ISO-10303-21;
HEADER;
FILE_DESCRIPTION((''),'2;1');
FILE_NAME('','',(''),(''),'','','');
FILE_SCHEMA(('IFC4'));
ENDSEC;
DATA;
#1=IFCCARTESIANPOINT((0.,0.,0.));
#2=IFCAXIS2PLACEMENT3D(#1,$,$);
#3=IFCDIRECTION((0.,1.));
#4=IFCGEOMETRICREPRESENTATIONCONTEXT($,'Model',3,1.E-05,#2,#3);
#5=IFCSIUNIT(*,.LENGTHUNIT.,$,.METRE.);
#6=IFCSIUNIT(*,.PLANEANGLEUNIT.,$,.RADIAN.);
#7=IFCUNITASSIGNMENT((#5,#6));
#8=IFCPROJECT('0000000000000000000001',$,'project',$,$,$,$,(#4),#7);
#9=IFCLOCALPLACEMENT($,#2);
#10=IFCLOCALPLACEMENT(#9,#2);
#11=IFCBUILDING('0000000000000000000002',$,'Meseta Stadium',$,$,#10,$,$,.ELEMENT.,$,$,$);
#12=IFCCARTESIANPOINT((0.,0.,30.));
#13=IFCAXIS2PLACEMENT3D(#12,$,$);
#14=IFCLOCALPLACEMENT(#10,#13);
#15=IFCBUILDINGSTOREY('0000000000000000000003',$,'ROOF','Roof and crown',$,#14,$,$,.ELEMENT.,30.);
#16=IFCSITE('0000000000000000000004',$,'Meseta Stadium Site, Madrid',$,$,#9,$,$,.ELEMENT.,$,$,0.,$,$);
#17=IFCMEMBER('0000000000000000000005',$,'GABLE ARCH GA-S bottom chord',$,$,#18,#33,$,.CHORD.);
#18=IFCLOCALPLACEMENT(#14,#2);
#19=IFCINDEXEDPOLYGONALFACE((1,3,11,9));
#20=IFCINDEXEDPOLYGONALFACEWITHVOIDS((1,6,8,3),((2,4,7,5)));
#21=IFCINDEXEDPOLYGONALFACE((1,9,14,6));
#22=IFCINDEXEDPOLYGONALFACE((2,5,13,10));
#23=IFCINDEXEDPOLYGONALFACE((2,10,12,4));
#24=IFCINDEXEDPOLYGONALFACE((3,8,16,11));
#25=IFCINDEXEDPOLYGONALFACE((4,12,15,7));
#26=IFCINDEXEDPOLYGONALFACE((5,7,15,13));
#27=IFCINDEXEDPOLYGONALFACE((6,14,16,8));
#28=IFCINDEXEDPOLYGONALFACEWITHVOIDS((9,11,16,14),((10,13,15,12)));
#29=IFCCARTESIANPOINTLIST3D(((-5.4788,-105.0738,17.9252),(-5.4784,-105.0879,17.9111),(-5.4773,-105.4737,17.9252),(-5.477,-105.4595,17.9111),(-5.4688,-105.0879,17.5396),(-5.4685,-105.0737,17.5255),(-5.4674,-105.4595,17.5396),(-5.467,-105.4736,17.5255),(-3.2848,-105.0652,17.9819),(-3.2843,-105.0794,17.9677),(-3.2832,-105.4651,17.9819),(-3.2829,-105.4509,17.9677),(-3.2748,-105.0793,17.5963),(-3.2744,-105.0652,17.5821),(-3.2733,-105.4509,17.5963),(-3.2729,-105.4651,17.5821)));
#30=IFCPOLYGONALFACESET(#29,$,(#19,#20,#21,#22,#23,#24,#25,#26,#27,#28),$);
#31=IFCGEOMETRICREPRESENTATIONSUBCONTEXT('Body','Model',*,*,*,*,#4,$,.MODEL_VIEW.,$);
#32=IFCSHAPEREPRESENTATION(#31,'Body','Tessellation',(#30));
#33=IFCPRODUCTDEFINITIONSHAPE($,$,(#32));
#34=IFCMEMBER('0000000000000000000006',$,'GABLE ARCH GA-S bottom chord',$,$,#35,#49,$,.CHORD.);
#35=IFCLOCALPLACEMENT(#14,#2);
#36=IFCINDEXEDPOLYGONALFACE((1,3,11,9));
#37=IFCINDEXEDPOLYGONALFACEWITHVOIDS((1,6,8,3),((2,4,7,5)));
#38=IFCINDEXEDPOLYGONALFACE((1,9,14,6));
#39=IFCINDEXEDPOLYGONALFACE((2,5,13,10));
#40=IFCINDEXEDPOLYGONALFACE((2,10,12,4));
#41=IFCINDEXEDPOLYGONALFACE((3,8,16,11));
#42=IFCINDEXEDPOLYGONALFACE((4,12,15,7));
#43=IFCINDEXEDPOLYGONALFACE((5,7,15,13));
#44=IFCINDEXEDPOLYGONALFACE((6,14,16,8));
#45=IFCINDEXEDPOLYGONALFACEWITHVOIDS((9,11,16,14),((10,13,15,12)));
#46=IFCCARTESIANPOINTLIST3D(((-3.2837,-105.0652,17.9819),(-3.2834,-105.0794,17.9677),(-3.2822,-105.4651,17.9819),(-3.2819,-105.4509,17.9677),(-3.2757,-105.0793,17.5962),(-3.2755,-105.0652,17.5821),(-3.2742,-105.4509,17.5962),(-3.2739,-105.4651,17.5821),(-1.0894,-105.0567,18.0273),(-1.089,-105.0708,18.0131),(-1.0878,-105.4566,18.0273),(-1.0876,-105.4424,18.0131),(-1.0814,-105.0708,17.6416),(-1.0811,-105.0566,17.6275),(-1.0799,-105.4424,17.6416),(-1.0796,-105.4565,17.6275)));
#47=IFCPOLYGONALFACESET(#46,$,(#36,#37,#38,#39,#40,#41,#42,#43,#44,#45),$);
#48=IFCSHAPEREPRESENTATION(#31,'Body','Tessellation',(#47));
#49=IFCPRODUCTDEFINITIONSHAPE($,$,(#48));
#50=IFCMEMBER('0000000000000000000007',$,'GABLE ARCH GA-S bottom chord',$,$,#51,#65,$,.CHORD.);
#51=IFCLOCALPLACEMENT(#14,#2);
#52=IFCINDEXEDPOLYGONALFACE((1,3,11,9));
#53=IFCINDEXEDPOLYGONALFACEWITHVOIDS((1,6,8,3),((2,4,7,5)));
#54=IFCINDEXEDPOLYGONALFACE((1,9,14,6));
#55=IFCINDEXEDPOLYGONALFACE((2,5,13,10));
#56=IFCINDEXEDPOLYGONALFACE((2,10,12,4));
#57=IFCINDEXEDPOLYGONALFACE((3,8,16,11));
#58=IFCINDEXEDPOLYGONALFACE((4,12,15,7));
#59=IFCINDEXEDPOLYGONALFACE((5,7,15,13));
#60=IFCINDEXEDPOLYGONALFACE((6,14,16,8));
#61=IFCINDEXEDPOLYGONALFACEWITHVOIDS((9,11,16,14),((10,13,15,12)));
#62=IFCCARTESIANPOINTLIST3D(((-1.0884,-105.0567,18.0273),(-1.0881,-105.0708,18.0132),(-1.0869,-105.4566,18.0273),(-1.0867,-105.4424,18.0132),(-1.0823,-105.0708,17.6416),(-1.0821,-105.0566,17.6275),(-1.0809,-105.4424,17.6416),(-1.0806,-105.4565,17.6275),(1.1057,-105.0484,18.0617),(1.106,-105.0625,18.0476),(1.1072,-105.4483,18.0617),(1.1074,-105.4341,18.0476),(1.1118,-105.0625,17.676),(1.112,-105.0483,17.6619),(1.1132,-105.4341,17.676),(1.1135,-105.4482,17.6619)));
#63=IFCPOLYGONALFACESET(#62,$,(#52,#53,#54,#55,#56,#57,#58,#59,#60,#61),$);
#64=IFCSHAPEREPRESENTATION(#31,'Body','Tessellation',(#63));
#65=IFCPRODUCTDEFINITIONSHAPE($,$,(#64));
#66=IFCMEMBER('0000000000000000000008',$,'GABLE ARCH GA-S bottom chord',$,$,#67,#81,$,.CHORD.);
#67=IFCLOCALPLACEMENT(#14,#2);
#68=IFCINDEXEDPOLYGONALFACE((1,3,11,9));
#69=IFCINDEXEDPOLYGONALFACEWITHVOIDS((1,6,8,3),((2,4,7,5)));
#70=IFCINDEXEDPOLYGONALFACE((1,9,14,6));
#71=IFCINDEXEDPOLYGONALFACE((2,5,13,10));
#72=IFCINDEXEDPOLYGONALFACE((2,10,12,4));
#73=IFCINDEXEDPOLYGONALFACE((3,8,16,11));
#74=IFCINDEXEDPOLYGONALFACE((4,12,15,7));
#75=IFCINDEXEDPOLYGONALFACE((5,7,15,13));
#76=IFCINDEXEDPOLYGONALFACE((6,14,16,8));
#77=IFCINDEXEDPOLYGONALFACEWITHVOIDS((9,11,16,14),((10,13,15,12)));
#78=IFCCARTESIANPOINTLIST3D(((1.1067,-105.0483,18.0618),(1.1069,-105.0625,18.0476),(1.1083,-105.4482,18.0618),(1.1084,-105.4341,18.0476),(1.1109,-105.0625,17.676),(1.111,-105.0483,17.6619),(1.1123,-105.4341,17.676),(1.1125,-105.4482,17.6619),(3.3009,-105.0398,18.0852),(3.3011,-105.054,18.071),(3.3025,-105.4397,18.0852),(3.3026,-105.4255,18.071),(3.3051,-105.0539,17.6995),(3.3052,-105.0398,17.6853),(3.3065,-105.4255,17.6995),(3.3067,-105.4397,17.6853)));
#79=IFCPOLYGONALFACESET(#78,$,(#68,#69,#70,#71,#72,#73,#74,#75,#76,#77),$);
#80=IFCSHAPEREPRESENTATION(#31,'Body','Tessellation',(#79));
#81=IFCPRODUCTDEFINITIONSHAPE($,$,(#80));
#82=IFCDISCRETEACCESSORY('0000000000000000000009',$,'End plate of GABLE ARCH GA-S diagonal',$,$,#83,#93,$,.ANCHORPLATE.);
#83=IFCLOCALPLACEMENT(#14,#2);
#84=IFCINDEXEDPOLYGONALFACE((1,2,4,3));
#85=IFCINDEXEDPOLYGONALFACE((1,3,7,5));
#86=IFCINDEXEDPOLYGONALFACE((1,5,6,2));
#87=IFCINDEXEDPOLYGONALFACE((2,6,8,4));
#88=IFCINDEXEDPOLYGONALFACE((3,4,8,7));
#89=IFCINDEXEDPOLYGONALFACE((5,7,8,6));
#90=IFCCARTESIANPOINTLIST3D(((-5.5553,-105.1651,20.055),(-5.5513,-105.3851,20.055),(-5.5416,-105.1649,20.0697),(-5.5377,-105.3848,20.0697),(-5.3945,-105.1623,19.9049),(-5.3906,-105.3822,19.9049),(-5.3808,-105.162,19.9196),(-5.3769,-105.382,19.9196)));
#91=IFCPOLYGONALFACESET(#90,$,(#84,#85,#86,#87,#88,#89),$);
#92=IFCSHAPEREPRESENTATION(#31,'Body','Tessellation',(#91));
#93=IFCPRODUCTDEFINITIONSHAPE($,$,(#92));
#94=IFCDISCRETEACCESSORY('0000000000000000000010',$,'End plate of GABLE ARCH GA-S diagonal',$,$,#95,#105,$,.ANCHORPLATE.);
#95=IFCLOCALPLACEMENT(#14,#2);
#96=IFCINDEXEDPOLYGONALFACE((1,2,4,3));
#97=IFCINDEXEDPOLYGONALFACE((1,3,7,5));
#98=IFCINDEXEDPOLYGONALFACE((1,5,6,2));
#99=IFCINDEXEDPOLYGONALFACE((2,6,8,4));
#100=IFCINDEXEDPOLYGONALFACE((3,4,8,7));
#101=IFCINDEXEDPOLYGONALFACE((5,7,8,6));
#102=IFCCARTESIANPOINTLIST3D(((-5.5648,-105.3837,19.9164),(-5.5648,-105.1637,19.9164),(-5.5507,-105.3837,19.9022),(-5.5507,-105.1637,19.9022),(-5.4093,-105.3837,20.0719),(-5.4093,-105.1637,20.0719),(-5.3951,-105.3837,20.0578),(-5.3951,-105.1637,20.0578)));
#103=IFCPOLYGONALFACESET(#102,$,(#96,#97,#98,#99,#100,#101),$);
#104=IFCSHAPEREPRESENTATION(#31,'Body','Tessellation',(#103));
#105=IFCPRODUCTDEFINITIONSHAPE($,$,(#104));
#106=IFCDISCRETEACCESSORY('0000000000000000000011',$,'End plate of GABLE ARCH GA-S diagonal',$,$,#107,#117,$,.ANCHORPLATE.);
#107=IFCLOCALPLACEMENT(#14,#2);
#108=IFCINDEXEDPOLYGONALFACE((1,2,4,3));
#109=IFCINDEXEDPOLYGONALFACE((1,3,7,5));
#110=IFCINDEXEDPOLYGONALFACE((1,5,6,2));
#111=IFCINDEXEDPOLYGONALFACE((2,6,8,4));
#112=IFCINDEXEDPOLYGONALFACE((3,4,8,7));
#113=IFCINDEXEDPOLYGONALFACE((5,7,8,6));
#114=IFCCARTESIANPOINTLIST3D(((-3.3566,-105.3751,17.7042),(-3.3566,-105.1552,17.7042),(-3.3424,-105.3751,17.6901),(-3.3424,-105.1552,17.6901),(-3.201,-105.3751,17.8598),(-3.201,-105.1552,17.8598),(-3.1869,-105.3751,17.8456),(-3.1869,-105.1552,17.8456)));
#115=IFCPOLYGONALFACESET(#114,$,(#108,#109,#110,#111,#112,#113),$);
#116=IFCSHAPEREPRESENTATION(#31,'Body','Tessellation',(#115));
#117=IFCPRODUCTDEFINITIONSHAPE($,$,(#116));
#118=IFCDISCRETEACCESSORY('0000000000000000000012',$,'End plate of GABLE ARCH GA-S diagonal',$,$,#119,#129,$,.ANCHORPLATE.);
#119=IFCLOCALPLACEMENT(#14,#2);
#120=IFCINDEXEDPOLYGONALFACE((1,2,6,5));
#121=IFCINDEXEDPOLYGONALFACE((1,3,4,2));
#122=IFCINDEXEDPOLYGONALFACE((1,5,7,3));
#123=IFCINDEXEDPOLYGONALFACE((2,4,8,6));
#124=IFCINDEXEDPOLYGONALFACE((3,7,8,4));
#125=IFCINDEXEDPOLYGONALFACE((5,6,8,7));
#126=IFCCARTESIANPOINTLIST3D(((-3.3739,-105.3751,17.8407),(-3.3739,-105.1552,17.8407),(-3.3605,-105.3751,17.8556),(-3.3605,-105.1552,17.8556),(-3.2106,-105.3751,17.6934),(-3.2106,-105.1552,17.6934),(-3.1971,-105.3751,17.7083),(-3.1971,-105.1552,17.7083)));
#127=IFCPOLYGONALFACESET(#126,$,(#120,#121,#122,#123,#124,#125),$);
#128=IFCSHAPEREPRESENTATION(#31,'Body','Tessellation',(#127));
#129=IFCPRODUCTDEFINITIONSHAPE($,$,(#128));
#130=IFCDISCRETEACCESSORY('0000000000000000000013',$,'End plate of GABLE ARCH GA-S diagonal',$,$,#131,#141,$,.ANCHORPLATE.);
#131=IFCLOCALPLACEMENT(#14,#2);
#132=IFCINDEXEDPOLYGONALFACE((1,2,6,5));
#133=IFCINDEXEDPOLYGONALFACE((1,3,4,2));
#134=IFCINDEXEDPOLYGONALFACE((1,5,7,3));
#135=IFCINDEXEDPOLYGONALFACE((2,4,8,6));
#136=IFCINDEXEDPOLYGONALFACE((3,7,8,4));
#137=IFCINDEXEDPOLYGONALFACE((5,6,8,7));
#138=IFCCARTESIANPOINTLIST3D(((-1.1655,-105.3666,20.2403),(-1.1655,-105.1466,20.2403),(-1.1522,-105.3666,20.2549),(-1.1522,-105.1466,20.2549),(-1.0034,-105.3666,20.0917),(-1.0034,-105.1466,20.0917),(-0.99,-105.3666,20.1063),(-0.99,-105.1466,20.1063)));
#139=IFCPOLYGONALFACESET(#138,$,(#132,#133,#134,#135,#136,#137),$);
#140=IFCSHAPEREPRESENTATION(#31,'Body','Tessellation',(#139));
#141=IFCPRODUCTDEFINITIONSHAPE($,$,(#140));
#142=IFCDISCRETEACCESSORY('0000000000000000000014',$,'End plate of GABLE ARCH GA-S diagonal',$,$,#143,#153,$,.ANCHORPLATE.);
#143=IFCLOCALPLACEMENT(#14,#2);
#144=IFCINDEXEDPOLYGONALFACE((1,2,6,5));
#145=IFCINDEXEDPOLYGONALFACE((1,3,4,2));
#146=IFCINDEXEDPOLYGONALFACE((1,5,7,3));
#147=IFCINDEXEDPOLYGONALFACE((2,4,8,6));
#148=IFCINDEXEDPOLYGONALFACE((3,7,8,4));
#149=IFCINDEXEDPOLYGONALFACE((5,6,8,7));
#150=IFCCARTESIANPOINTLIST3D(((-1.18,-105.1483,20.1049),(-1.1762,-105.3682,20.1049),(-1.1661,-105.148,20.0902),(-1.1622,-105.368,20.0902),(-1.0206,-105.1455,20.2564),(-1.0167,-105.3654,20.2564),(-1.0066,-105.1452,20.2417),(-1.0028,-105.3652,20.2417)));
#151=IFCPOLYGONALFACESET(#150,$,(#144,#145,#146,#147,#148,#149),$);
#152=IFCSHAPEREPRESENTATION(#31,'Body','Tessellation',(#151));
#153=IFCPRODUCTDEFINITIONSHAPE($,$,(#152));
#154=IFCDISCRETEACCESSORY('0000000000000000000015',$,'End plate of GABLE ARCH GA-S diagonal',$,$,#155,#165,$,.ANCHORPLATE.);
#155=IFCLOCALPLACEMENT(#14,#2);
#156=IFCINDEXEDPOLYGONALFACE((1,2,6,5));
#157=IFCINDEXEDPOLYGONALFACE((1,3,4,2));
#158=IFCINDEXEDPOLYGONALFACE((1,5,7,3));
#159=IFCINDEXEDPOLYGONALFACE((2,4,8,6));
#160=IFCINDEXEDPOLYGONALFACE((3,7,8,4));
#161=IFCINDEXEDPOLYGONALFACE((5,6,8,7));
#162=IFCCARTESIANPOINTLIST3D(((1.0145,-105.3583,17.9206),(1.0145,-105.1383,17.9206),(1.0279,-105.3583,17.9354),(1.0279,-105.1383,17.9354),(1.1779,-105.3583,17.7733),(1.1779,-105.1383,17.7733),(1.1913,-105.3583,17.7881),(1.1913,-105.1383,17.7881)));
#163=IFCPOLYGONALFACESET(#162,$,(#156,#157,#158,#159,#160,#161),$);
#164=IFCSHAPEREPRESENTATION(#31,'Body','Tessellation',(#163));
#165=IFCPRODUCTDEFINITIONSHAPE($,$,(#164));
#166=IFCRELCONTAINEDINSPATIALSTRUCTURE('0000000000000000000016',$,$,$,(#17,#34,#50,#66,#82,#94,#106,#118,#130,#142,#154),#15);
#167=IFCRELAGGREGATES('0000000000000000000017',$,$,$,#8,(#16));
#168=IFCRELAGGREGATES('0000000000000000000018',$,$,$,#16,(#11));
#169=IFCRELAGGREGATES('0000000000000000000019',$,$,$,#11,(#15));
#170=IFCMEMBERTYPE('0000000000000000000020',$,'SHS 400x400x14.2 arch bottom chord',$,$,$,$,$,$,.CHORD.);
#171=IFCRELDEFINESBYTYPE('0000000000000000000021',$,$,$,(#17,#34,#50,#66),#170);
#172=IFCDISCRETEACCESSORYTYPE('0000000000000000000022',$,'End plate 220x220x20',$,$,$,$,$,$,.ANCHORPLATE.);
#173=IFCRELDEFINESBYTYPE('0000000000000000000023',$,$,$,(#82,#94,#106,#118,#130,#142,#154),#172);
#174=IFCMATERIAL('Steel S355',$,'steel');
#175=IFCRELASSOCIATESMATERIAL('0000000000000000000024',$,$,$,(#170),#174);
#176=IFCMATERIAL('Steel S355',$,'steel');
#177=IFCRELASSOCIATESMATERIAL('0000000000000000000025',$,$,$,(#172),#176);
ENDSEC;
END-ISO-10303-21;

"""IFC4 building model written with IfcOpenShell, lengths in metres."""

from ifc_helpers import new_model, si_unit, direction, frame, origin, origin_2d, place, context, subcontext, project, spatial, rectangle, hollow_rectangle, extrude, material, material_profile, profile_set, type_object, element, save


model = new_model("IFC4")

# Units and contexts
model_context = context("Model", 3, precision=1e-05, world=origin(), true_north=direction((0.0, 1.0)))
body_context = subcontext(model_context, "Body", "Model", "MODEL_VIEW")
ifc_project = project(units=[si_unit("LENGTHUNIT", "METRE"), si_unit("PLANEANGLEUNIT", "RADIAN")], contexts=[model_context])

# Site, building, storey
site_placement = place(None, origin())
site = spatial("IfcSite", under=ifc_project, at=site_placement, Name="Meseta Stadium Site, Madrid", CompositionType="ELEMENT", RefElevation=0.0)
building_placement = place(site_placement, origin())
building = spatial("IfcBuilding", under=site, at=building_placement, Name="Meseta Stadium", CompositionType="ELEMENT")
storey_placement = place(building_placement, frame((0.0, 0.0, 30.0)))
storey = spatial("IfcBuildingStorey", under=building, at=storey_placement, Name="ROOF", Description="Roof and crown", CompositionType="ELEMENT", Elevation=30.0)

# Members
ifc_material_1 = material(Name="Steel S355", Category="steel")
ifc_material_profile_1 = material_profile(ifc_material_1, hollow_rectangle(XDim=0.3999, YDim=0.3999, WallThickness=0.0142, at=origin_2d()), Name="SHS 400x400x14.2")
ifc_profile_set_1 = profile_set([ifc_material_profile_1], Name="Steel S355")
member_type_1 = type_object("IfcMemberType", Name="SHS 400x400x14.2 arch bottom chord", PredefinedType="CHORD", material=ifc_profile_set_1)
for number, where, z_axis, x_axis, name in (
    (1, (-5.4729, -105.2737, 17.7253), (0.999659, 0.003893, 0.025806), (-0.003894, 0.999992, 0.0), "GABLE ARCH GA-S bottom chord"),
    (2, (-3.2788, -105.2651, 17.782), (0.999778, 0.003893, 0.02069), (-0.003894, 0.999992, 0.0), "GABLE ARCH GA-S bottom chord"),
):
    element("IfcMember", number, at=place(storey_placement, frame(where, z_axis=z_axis, x_axis=x_axis)), inside=storey, type_object=member_type_1, Name=name, PredefinedType="CHORD", context=body_context, shape_type="SweptSolid", body=[
        extrude(hollow_rectangle(XDim=0.3999, YDim=0.3999, WallThickness=0.0142, at=origin_2d()), origin(), (0.0, 0.0, 1.0), 2.1948),
    ])
for number, where, z_axis, x_axis, name in (
    (3, (-1.0845, -105.2566, 17.8274), (0.99987, 0.003783, 0.015687), (-0.003783, 0.999993, 0.0), "GABLE ARCH GA-S bottom chord"),
    (4, (1.1096, -105.2483, 17.8618), (0.999935, 0.003894, 0.010681), (-0.003894, 0.999992, 0.0), "GABLE ARCH GA-S bottom chord"),
):
    element("IfcMember", number, at=place(storey_placement, frame(where, z_axis=z_axis, x_axis=x_axis)), inside=storey, type_object=member_type_1, Name=name, PredefinedType="CHORD", context=body_context, shape_type="SweptSolid", body=[
        extrude(hollow_rectangle(XDim=0.3999, YDim=0.3999, WallThickness=0.0142, at=origin_2d()), origin(), (0.0, 0.0, 1.0), 2.1943),
    ])

# Discrete accessories
ifc_material_2 = material(Name="Steel S355", Category="steel")
ifc_material_profile_2 = material_profile(ifc_material_2, rectangle(XDim=0.22, YDim=0.22, at=origin_2d()), Name="PL 220x220")
ifc_profile_set_2 = profile_set([ifc_material_profile_2], Name="Steel S355")
discrete_accessory_type = type_object("IfcDiscreteAccessoryType", Name="End plate 220x220x20", PredefinedType="ANCHORPLATE", material=ifc_profile_set_2)
for number, where, z_axis, x_axis, name in (
    (5, (-5.4729, -105.2737, 19.98), (0.682268, 0.012183, 0.731001), (-0.017854, 0.999841, 0.0), "End plate of GABLE ARCH GA-S diagonal"),
    (6, (-5.4871, -105.2737, 19.9941), (0.707107, 0.0, -0.707107), (0.0, 1.0, 0.0), "End plate of GABLE ARCH GA-S diagonal"),
    (7, (-3.2788, -105.2651, 17.782), (0.707107, 0.0, -0.707107), (0.0, 1.0, 0.0), "End plate of GABLE ARCH GA-S diagonal"),
    (8, (-3.2922, -105.2651, 17.7671), (0.669637, 0.0, 0.742688), (0.0, 1.0, 0.0), "End plate of GABLE ARCH GA-S diagonal"),
):
    element("IfcDiscreteAccessory", number, at=place(storey_placement, frame(where, z_axis=z_axis, x_axis=x_axis)), inside=storey, type_object=discrete_accessory_type, Name=name, PredefinedType="ANCHORPLATE", context=body_context, shape_type="SweptSolid", body=[
        extrude(rectangle(XDim=0.22, YDim=0.22, at=origin_2d()), origin(), (0.0, 0.0, 1.0), 0.02),
    ])
discrete_accessory_1_placement = place(storey_placement, frame((-1.0845, -105.2566, 20.166), z_axis=(0.675725, 0.0, 0.737154), x_axis=(0.0, 1.0, 0.0)))
element("IfcDiscreteAccessory", 9, at=discrete_accessory_1_placement, inside=storey, type_object=discrete_accessory_type, Name="End plate of GABLE ARCH GA-S diagonal", PredefinedType="ANCHORPLATE", context=body_context, shape_type="SweptSolid", body=[
    extrude(rectangle(XDim=0.22, YDim=0.22, at=origin_2d()), origin(), (0.0, 0.0, 1.0), 0.0198),
])
discrete_accessory_2_placement = place(storey_placement, frame((-1.0984, -105.2568, 20.1807), z_axis=(0.688699, 0.012082, -0.724947), x_axis=(-0.017541, 0.999846, 0.0)))
element("IfcDiscreteAccessory", 10, at=discrete_accessory_2_placement, inside=storey, type_object=discrete_accessory_type, Name="End plate of GABLE ARCH GA-S diagonal", PredefinedType="ANCHORPLATE", context=body_context, shape_type="SweptSolid", body=[
    extrude(rectangle(XDim=0.22, YDim=0.22, at=origin_2d()), origin(), (0.0, 0.0, 1.0), 0.0203),
])
discrete_accessory_3_placement = place(storey_placement, frame((1.0962, -105.2483, 17.8469), z_axis=(0.669637, 0.0, 0.742688), x_axis=(0.0, 1.0, 0.0)))
element("IfcDiscreteAccessory", 11, at=discrete_accessory_3_placement, inside=storey, type_object=discrete_accessory_type, Name="End plate of GABLE ARCH GA-S diagonal", PredefinedType="ANCHORPLATE", context=body_context, shape_type="SweptSolid", body=[
    extrude(rectangle(XDim=0.22, YDim=0.22, at=origin_2d()), origin(), (0.0, 0.0, 1.0), 0.02),
])

save(model, "model.ifc")
